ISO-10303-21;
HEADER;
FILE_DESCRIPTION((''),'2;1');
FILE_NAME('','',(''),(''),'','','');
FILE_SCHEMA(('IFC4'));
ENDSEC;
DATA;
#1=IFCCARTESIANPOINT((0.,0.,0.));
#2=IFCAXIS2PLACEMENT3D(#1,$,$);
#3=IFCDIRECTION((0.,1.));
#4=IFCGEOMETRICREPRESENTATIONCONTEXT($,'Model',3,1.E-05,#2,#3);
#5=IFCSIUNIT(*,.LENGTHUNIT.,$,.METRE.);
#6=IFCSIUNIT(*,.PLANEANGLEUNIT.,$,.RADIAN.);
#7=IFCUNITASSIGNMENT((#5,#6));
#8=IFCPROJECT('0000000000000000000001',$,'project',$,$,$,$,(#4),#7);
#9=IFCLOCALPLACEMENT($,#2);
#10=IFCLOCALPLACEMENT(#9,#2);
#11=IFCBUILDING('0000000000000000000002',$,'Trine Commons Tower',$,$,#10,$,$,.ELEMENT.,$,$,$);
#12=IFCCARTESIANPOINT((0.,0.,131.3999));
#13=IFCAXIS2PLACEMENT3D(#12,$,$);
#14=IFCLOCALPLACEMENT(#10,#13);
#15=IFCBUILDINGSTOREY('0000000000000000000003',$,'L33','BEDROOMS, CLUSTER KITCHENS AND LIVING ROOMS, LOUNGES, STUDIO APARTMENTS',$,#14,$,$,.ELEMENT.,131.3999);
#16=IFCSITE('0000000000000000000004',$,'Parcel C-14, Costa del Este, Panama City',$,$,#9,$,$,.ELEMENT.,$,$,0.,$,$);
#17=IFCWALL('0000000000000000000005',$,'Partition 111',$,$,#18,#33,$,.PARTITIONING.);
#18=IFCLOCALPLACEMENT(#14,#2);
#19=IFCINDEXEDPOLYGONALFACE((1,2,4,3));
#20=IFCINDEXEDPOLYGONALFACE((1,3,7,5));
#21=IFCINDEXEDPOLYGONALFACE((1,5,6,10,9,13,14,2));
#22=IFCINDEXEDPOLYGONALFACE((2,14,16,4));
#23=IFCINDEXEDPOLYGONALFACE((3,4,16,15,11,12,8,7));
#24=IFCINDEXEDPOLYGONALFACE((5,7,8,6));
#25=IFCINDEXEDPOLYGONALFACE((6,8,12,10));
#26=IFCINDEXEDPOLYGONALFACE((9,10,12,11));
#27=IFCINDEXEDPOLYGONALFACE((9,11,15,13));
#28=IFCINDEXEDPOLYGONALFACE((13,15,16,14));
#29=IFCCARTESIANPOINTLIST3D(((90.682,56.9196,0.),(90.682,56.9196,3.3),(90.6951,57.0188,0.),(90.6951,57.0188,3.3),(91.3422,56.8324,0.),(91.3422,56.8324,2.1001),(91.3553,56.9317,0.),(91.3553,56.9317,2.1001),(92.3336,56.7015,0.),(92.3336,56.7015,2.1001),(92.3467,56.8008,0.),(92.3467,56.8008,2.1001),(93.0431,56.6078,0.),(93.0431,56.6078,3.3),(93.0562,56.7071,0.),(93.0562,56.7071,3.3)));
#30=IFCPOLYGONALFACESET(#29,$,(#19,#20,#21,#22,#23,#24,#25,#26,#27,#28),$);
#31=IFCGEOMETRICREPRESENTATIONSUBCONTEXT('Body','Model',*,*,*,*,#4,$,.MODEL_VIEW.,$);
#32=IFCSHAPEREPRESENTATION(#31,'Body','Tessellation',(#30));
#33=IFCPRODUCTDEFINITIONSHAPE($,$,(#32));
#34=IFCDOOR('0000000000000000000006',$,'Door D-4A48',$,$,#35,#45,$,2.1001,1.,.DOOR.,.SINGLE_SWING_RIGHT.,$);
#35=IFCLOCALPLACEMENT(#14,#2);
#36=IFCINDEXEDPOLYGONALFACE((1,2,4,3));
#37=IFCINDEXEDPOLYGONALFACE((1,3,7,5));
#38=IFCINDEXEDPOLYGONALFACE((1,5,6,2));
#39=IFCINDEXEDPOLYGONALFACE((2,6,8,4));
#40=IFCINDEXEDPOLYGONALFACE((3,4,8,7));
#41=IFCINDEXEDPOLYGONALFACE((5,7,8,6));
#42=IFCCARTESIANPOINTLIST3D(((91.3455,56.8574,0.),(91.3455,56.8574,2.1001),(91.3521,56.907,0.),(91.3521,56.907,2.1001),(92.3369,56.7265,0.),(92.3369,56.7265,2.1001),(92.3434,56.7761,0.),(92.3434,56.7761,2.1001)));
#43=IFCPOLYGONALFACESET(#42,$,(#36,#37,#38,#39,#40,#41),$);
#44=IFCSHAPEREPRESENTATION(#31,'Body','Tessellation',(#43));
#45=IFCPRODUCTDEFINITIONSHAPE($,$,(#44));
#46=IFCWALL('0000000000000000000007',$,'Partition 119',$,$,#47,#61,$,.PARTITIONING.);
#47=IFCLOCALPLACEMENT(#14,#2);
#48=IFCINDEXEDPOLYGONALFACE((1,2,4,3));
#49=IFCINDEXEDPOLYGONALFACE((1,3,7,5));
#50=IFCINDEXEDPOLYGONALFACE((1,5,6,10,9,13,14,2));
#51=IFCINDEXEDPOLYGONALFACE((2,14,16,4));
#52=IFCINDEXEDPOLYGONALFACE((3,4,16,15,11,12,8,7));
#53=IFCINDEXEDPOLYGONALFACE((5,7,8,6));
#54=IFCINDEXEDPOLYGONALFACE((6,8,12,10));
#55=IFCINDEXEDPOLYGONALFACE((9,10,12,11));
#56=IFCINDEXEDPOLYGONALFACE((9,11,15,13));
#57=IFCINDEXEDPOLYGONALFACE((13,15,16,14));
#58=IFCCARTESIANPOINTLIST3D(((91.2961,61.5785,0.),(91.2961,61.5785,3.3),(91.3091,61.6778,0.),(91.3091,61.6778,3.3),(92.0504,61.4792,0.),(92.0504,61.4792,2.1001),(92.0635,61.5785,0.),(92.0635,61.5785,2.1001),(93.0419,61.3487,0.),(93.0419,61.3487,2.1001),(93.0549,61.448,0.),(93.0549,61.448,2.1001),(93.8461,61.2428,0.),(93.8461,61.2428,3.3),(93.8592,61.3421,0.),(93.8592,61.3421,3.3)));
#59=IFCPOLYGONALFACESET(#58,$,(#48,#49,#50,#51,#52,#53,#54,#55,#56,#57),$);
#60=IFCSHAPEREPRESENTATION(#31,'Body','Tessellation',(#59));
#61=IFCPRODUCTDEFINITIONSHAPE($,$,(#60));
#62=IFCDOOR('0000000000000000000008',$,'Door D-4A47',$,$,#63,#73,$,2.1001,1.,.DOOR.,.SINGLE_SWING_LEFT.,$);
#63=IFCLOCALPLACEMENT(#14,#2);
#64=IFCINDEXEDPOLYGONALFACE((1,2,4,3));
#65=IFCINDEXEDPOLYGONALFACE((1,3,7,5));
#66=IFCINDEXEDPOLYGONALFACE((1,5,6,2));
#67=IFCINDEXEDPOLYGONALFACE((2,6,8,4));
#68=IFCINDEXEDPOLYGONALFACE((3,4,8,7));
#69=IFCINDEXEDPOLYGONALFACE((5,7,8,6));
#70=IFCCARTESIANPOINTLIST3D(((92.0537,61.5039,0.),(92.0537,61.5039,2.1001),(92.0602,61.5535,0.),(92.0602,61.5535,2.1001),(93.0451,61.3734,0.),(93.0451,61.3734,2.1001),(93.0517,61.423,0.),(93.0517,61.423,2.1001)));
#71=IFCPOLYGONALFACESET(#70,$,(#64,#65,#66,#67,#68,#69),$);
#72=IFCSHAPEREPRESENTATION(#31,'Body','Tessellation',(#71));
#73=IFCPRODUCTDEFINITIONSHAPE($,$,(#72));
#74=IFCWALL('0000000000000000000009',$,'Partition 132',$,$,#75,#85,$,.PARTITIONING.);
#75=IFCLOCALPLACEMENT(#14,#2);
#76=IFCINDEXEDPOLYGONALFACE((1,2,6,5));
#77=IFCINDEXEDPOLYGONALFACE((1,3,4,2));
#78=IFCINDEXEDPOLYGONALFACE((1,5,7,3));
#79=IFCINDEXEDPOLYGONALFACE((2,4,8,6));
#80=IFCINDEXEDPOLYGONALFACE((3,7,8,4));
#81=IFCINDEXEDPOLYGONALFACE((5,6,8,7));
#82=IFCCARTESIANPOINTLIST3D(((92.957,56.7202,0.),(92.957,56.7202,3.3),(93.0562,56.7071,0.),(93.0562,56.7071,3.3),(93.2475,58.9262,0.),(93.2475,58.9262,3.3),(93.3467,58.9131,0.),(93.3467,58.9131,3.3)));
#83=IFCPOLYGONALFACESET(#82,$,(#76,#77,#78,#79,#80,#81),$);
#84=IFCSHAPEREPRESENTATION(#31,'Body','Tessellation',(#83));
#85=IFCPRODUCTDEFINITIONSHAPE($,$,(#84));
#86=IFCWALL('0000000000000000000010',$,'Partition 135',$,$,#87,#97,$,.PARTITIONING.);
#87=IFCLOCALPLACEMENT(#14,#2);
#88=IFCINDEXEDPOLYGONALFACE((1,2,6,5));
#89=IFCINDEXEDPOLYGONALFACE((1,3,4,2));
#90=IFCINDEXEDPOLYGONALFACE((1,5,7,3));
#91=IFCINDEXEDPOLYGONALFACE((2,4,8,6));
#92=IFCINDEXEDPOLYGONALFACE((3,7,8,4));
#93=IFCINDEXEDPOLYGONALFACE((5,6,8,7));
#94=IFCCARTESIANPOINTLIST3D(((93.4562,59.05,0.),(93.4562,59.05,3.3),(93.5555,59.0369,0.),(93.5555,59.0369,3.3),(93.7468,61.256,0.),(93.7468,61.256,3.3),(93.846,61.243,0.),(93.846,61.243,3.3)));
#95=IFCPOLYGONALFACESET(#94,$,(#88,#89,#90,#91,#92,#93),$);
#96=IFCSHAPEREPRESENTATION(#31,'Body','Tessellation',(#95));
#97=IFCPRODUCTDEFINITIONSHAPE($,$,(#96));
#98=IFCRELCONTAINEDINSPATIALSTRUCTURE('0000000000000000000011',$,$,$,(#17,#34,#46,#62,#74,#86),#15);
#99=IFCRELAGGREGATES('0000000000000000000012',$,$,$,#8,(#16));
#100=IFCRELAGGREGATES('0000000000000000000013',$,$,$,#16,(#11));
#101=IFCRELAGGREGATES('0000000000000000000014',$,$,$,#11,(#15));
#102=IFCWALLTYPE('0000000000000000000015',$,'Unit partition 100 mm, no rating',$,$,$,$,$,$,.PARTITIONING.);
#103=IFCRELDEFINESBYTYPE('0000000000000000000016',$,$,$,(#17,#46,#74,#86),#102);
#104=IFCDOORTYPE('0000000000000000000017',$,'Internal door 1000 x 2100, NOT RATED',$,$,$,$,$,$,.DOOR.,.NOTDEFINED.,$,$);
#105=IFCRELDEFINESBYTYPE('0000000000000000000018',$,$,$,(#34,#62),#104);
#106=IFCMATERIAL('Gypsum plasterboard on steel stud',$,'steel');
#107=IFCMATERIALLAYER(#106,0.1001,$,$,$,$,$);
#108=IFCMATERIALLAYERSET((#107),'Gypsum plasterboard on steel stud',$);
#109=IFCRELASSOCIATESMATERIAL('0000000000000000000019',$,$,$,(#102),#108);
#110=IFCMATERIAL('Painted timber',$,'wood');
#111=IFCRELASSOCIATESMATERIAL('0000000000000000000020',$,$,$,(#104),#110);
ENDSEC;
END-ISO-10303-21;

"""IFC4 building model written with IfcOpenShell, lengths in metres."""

from ifc_helpers import new_model, si_unit, direction, frame, frame_2d, origin, place, context, subcontext, project, spatial, rectangle, extrude, material, layer, layer_set, type_object, element, fill, save


model = new_model("IFC4")

# Units and contexts
model_context = context("Model", 3, precision=1e-05, world=origin(), true_north=direction((0.0, 1.0)))
body_context = subcontext(model_context, "Body", "Model", "MODEL_VIEW")
ifc_project = project(units=[si_unit("LENGTHUNIT", "METRE"), si_unit("PLANEANGLEUNIT", "RADIAN")], contexts=[model_context])

# Site, building, storey
site_placement = place(None, origin())
site = spatial("IfcSite", under=ifc_project, at=site_placement, Name="Parcel C-14, Costa del Este, Panama City", CompositionType="ELEMENT", RefElevation=0.0)
building_placement = place(site_placement, origin())
building = spatial("IfcBuilding", under=site, at=building_placement, Name="Trine Commons Tower", CompositionType="ELEMENT")
storey_placement = place(building_placement, frame((0.0, 0.0, 131.3999)))
storey = spatial("IfcBuildingStorey", under=building, at=storey_placement, Name="L33", Description="BEDROOMS, CLUSTER KITCHENS AND LIVING ROOMS, LOUNGES, STUDIO APARTMENTS", CompositionType="ELEMENT", Elevation=131.3999)

# Shared definitions
ifc_material_1 = material(Name="Gypsum plasterboard on steel stud", Category="steel")

# Walls, openings, doors
ifc_layer_1 = layer(ifc_material_1, 0.1001)
ifc_layer_set_1 = layer_set([ifc_layer_1], Name="Gypsum plasterboard on steel stud")
wall_type_1 = type_object("IfcWallType", Name="Unit partition 100 mm, no rating", PredefinedType="PARTITIONING", material=ifc_layer_set_1)
wall_1_placement = place(storey_placement, frame((90.6885, 56.9692, 0.0), z_axis=(0.0, 0.0, 1.0), x_axis=(0.991395, -0.130908, 0.0)))
wall_1 = element("IfcWall", 1, at=wall_1_placement, inside=storey, type_object=wall_type_1, Name="Partition 111", PredefinedType="PARTITIONING", context=body_context, shape_type="SweptSolid", body=[
    extrude(rectangle(XDim=2.3816, YDim=0.1001, at=frame_2d((1.1909, 0.0))), origin(), (0.0, 0.0, 1.0), 3.3),
])
opening_1_placement = place(wall_1_placement, frame((0.666, 0.0, 0.0)))
opening_1 = element("IfcOpeningElement", 2, at=opening_1_placement, cuts=wall_1, PredefinedType="OPENING", context=body_context, shape_type="SweptSolid", body=[
    extrude(rectangle(XDim=1.0, YDim=2.1001, at=frame_2d((0.5, 1.05))), frame((0.0, 0.0601, 0.0), z_axis=(0.0, -1.0, 0.0), x_axis=(1.0, 0.0, 0.0)), (0.0, 0.0, 1.0), 0.1201),
])
ifc_material_2 = material(Name="Painted timber", Category="wood")
door_type_1 = type_object("IfcDoorType", Name="Internal door 1000 x 2100, NOT RATED", OperationType="NOTDEFINED", PredefinedType="DOOR", material=ifc_material_2)
door_1_placement = place(opening_1_placement, frame((1.0, 0.0, 0.0), z_axis=(0.0, 0.0, 1.0), x_axis=(-1.0, 0.0, 0.0)))
door_1 = element("IfcDoor", 3, at=door_1_placement, inside=storey, type_object=door_type_1, Name="Door D-4A48", OperationType="SINGLE_SWING_RIGHT", OverallHeight=2.1001, OverallWidth=1.0, PredefinedType="DOOR", context=body_context, shape_type="SweptSolid", body=[
    extrude(rectangle(XDim=1.0, YDim=2.1001, at=frame_2d((0.5, 1.05))), frame((0.0, 0.0249, 0.0), z_axis=(0.0, -1.0, 0.0), x_axis=(1.0, 0.0, 0.0)), (0.0, 0.0, 1.0), 0.05),
])
fill(opening_1, door_1)
wall_2_placement = place(storey_placement, frame((91.3025, 61.6282, 0.0), z_axis=(0.0, 0.0, 1.0), x_axis=(0.991446, -0.130516, 0.0)))
wall_2 = element("IfcWall", 4, at=wall_2_placement, inside=storey, type_object=wall_type_1, Name="Partition 119", PredefinedType="PARTITIONING", context=body_context, shape_type="SweptSolid", body=[
    extrude(rectangle(XDim=2.572, YDim=0.1001, at=frame_2d((1.2861, 0.0))), origin(), (0.0, 0.0, 1.0), 3.3),
])
opening_2_placement = place(wall_2_placement, frame((0.761, 0.0, 0.0)))
opening_2 = element("IfcOpeningElement", 5, at=opening_2_placement, cuts=wall_2, PredefinedType="OPENING", context=body_context, shape_type="SweptSolid", body=[
    extrude(rectangle(XDim=1.0, YDim=2.1001, at=frame_2d((0.5, 1.05))), frame((0.0, 0.0601, 0.0), z_axis=(0.0, -1.0, 0.0), x_axis=(1.0, 0.0, 0.0)), (0.0, 0.0, 1.0), 0.1201),
])
door_2_placement = place(opening_2_placement, origin())
door_2 = element("IfcDoor", 6, at=door_2_placement, inside=storey, type_object=door_type_1, Name="Door D-4A47", OperationType="SINGLE_SWING_LEFT", OverallHeight=2.1001, OverallWidth=1.0, PredefinedType="DOOR", context=body_context, shape_type="SweptSolid", body=[
    extrude(rectangle(XDim=1.0, YDim=2.1001, at=frame_2d((0.5, 1.05))), frame((0.0, 0.0249, 0.0), z_axis=(0.0, -1.0, 0.0), x_axis=(1.0, 0.0, 0.0)), (0.0, 0.0, 1.0), 0.05),
])
fill(opening_2, door_2)

# Walls
for number, where, z_axis, x_axis, name in (
    (7, (93.0066, 56.7136, 0.0), (0.0, 0.0, 1.0), (0.130568, 0.991439, 0.0), "Partition 132"),
    (8, (93.5059, 59.0435, 0.0), (0.0, 0.0, 1.0), (0.130568, 0.991439, 0.0), "Partition 135"),
):
    element("IfcWall", number, at=place(storey_placement, frame(where, z_axis=z_axis, x_axis=x_axis)), inside=storey, type_object=wall_type_1, Name=name, PredefinedType="PARTITIONING", context=body_context, shape_type="SweptSolid", body=[
        extrude(rectangle(XDim=2.2251, YDim=0.1001, at=frame_2d((1.1125, 0.0))), origin(), (0.0, 0.0, 1.0), 3.3),
    ])

save(model, "model.ifc")
